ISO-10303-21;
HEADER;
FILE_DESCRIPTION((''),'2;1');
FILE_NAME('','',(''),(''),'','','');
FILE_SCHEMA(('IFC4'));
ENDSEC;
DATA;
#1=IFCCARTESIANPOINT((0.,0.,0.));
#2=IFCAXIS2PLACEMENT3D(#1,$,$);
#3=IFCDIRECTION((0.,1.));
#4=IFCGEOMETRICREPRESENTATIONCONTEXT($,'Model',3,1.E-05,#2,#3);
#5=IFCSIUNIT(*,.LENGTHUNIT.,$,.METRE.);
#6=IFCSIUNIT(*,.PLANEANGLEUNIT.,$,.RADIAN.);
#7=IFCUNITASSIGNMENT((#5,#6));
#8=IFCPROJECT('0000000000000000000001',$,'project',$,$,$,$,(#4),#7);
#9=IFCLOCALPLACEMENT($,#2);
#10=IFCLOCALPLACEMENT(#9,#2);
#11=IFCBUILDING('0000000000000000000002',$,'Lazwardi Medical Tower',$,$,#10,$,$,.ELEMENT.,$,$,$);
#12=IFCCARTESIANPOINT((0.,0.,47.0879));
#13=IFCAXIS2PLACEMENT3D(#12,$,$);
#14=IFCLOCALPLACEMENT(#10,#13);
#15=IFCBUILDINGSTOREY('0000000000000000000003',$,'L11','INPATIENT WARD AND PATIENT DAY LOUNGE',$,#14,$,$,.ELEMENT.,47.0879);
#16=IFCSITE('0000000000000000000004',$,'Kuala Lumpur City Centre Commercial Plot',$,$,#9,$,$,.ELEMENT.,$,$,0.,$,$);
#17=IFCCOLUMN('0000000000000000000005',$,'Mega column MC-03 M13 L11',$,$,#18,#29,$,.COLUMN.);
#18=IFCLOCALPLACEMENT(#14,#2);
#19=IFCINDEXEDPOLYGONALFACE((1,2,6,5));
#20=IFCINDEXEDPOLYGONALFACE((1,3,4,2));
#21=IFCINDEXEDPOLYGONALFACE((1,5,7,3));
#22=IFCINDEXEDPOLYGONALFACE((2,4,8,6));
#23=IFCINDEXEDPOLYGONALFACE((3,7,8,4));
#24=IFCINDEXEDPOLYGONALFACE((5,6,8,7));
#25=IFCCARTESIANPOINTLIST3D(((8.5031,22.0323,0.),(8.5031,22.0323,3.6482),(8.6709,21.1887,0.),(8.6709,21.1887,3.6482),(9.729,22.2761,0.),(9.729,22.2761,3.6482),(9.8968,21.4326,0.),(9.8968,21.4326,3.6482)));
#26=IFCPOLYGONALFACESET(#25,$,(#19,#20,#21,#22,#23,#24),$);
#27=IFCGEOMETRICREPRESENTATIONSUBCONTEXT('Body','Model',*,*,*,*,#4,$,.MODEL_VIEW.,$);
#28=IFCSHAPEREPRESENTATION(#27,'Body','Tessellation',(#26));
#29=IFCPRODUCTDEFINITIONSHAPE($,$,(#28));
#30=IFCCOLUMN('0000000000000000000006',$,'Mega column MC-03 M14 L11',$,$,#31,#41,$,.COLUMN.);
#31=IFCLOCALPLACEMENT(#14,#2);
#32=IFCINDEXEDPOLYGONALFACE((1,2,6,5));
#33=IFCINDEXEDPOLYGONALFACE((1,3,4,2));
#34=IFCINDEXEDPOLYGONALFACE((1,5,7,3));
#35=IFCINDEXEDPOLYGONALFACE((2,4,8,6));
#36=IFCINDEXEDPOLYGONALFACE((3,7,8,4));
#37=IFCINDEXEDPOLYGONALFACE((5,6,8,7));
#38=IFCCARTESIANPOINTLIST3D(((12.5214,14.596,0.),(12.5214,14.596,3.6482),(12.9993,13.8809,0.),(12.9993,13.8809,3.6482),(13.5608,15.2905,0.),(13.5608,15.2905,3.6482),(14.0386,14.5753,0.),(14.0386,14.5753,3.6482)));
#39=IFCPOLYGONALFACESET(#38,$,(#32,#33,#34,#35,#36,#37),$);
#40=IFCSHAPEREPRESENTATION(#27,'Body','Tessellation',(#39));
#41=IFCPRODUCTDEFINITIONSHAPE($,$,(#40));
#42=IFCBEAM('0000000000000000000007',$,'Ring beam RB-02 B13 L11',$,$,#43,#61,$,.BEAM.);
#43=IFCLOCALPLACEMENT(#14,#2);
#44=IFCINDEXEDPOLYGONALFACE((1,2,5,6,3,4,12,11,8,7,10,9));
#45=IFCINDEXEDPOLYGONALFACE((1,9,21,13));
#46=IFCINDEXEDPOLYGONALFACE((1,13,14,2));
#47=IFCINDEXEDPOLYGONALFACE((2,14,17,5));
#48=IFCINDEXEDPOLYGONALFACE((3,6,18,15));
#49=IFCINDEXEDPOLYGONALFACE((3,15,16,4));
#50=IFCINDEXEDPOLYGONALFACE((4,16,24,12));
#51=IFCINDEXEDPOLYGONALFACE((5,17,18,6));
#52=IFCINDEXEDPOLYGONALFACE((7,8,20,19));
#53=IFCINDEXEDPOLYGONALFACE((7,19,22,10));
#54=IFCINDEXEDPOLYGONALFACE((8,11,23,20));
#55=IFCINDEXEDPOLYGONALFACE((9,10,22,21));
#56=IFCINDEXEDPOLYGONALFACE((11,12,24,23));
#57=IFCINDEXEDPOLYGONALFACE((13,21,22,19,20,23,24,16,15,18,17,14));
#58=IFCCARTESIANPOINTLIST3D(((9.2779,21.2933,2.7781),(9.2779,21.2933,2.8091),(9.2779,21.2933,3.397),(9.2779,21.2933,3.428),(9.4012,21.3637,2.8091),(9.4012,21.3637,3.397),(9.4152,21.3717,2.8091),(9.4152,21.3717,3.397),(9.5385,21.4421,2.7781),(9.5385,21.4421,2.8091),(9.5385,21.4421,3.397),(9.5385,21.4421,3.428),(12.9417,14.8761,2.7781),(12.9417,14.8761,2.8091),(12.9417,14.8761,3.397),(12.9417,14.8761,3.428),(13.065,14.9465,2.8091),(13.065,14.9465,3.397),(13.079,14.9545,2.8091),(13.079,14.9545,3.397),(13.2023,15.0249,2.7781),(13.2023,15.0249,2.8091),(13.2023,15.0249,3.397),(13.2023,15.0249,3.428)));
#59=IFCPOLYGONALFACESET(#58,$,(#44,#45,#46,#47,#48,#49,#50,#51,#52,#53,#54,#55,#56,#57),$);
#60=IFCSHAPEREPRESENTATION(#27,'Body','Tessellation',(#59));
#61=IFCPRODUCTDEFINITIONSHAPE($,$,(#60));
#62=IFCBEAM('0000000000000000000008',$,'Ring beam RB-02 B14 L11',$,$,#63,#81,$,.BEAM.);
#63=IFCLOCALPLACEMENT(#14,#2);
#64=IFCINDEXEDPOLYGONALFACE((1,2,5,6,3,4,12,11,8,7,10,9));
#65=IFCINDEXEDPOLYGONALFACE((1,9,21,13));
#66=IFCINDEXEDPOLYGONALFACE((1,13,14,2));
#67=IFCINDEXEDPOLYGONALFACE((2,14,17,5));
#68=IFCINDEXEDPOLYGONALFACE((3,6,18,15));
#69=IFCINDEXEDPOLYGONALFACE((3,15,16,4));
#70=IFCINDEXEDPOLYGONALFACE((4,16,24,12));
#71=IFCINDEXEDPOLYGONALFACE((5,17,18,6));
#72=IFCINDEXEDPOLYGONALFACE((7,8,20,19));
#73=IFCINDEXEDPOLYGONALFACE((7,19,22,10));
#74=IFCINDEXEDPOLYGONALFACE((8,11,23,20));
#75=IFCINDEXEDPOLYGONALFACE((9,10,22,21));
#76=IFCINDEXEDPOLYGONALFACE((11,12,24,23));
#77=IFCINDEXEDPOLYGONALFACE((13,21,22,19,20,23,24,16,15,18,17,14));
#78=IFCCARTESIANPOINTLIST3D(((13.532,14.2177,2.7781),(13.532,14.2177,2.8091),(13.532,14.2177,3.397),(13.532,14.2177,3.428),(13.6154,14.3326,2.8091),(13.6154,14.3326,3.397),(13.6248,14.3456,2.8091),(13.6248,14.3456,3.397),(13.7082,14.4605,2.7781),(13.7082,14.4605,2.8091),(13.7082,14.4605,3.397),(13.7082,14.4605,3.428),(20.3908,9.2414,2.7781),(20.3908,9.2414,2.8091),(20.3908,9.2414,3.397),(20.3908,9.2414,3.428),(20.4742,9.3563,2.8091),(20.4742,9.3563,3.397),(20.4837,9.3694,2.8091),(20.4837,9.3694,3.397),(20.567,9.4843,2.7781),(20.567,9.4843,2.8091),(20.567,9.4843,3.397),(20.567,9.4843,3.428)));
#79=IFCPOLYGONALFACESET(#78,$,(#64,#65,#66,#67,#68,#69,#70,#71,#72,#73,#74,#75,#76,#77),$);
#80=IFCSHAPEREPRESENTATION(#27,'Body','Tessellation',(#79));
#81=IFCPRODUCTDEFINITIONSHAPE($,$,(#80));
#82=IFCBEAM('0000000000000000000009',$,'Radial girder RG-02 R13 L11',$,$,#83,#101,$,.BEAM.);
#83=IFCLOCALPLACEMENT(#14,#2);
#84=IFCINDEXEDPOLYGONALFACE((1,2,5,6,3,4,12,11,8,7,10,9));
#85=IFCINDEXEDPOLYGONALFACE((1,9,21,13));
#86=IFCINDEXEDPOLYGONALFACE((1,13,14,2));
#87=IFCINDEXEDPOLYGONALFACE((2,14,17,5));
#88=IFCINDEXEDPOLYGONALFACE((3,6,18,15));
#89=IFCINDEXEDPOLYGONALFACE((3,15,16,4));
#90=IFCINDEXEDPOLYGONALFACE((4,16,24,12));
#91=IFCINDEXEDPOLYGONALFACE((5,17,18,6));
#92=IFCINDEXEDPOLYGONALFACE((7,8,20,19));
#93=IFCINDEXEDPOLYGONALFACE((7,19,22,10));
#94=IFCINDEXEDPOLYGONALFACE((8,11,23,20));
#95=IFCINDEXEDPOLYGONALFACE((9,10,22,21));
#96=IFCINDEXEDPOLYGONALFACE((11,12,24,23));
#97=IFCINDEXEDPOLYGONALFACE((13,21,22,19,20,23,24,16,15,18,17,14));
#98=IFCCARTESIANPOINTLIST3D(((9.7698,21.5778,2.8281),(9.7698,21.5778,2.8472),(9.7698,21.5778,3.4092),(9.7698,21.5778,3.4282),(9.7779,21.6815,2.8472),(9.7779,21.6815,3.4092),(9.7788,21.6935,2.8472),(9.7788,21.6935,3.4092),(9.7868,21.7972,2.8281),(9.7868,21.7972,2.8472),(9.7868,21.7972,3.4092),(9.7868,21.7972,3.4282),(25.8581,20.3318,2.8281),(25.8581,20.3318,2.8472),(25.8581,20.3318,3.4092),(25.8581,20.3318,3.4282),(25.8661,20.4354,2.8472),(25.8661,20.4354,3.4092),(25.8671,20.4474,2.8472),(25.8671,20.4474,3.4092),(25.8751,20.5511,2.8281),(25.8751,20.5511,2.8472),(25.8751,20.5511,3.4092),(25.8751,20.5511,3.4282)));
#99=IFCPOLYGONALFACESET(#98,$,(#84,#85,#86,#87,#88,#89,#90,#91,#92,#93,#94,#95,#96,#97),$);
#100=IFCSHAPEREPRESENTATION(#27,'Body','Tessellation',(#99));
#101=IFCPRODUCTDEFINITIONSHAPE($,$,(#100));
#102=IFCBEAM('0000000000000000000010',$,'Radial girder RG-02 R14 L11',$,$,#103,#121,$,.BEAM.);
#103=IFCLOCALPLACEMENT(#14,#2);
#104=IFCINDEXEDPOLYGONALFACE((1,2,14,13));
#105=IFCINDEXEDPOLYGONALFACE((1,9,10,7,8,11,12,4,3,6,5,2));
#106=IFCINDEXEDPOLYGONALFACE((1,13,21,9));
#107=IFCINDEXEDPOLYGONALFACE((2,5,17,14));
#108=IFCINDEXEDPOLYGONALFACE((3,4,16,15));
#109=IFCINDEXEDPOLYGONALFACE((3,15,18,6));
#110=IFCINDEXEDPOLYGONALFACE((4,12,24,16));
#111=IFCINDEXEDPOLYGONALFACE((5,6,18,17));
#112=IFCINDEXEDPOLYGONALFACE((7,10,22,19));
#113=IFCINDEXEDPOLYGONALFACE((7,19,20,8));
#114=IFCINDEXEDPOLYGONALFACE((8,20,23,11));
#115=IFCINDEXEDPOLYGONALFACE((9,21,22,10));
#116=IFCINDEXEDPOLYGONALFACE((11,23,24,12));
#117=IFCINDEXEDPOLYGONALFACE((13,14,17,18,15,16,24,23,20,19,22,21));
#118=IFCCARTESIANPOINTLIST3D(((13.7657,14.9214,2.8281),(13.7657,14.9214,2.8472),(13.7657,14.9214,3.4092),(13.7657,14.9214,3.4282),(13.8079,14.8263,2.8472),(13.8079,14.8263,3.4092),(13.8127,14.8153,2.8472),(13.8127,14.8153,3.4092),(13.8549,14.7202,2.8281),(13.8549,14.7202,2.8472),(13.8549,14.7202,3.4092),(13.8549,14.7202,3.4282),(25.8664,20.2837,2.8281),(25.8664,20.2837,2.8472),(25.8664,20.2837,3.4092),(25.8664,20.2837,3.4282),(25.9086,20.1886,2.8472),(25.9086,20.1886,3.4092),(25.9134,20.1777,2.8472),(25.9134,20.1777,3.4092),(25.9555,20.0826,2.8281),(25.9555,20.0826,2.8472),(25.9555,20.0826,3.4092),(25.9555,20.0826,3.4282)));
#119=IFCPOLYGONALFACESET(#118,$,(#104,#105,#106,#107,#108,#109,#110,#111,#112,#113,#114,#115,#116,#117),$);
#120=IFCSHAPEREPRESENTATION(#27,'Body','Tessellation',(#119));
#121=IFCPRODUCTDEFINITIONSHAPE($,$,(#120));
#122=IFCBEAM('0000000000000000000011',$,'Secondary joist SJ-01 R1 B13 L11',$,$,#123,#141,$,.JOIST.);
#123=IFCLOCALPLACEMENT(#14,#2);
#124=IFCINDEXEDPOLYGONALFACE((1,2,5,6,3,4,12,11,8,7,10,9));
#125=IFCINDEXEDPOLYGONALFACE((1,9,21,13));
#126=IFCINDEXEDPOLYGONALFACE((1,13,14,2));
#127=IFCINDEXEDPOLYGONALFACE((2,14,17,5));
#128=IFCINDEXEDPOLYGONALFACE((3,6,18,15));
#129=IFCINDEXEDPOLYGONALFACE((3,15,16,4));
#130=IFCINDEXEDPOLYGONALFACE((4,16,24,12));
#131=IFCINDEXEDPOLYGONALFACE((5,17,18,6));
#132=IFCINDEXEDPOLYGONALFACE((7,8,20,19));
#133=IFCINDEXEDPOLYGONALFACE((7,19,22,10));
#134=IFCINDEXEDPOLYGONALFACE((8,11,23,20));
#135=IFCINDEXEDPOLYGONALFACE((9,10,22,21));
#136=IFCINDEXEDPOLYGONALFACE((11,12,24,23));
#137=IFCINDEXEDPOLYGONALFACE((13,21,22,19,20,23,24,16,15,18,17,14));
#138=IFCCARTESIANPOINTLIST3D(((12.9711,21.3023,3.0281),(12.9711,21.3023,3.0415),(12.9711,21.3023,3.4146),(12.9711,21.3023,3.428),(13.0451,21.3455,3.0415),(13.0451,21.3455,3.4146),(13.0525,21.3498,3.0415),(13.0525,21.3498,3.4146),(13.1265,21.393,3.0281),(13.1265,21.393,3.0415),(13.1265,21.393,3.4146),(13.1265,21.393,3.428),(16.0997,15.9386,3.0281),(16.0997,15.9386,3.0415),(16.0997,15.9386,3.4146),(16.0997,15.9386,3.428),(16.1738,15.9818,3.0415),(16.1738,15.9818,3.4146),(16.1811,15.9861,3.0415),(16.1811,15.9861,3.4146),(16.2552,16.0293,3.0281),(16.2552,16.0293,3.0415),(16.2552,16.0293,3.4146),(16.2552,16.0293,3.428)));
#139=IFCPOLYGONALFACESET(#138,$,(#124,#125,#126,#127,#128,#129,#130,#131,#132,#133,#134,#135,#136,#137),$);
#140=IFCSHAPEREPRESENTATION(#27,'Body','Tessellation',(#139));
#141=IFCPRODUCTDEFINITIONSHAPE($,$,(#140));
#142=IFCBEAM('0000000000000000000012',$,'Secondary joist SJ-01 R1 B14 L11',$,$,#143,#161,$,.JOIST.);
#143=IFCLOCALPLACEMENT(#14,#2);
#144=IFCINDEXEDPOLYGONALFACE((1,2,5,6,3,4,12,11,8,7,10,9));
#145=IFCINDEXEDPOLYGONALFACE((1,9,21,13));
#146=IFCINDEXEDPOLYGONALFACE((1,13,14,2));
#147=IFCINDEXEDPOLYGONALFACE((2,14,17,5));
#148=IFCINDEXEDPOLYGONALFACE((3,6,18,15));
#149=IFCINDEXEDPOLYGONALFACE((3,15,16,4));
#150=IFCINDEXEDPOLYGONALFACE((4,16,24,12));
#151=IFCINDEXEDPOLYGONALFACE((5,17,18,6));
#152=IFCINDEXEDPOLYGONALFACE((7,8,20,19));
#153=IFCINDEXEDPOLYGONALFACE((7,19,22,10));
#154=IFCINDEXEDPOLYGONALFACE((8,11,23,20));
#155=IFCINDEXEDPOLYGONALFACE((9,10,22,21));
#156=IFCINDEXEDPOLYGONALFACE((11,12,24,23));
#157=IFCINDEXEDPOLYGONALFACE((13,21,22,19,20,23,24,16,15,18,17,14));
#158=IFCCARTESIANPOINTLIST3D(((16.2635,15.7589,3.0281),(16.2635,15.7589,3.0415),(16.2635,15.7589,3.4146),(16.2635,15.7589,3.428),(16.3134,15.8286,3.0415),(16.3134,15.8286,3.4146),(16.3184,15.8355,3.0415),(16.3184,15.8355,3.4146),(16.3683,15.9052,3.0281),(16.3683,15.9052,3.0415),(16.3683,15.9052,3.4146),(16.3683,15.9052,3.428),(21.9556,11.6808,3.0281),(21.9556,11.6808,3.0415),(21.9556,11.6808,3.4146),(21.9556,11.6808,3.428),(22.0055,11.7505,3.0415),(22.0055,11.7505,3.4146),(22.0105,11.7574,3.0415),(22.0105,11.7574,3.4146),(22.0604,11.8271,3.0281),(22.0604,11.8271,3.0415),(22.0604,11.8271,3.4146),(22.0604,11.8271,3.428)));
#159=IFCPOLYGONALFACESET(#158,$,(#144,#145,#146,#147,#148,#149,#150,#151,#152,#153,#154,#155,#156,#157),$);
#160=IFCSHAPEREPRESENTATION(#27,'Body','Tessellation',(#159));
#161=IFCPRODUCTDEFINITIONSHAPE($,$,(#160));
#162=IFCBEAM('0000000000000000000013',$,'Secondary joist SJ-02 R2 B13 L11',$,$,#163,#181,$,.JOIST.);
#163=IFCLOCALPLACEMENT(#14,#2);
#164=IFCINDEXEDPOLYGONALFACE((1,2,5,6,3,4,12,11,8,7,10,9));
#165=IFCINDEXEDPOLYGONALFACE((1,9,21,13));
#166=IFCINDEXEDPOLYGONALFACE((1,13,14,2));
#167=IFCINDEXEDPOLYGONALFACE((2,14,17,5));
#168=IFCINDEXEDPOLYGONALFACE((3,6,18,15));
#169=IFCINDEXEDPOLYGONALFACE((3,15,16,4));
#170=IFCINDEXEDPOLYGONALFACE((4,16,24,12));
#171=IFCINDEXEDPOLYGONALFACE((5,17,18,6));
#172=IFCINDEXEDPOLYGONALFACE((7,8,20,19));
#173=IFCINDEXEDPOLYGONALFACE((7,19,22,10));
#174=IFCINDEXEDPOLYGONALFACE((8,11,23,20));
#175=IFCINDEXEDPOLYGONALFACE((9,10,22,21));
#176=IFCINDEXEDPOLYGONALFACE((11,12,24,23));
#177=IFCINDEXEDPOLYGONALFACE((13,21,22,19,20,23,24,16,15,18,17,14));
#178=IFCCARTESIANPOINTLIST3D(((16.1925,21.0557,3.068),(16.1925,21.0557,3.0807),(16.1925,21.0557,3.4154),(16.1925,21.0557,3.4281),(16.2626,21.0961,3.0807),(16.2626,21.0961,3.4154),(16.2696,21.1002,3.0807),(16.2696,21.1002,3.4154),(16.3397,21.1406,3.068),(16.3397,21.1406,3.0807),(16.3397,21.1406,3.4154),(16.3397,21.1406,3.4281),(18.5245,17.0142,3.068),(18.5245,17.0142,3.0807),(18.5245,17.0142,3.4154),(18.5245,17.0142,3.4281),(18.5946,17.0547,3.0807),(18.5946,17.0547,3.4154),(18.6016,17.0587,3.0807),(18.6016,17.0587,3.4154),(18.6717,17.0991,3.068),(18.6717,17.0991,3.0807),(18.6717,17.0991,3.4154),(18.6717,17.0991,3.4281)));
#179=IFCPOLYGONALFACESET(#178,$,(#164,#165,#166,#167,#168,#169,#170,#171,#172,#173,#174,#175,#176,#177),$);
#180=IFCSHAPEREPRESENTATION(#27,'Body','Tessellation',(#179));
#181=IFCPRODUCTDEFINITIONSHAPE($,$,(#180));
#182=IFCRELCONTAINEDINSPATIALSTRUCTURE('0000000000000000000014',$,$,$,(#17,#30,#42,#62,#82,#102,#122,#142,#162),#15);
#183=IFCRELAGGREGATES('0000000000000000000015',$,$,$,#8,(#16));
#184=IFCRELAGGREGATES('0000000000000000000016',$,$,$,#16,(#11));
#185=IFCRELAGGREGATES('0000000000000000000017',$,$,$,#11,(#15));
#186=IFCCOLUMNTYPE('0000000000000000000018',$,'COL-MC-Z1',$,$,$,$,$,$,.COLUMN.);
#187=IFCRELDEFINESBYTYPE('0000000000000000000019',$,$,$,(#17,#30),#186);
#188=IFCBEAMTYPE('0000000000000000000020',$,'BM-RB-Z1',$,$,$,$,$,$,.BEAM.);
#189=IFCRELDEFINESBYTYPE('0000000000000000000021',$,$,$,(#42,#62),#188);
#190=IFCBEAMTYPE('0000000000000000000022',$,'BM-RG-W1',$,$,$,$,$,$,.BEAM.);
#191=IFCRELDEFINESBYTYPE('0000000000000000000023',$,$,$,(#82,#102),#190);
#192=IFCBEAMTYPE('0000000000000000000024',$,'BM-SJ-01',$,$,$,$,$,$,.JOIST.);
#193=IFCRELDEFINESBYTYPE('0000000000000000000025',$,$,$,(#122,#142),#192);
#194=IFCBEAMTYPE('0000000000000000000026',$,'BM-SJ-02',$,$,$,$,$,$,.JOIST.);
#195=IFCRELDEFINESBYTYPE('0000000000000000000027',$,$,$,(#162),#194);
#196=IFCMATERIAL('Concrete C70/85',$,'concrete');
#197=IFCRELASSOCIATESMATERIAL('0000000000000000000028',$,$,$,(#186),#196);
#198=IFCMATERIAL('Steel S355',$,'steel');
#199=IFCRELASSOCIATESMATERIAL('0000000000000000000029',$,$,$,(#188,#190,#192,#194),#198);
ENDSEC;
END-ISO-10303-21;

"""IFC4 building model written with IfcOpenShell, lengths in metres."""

from ifc_helpers import new_model, si_unit, direction, frame, origin, origin_2d, place, context, subcontext, project, spatial, rectangle, i_section, extrude, material, material_profile, profile_set, type_object, element, save


model = new_model("IFC4")

# Units and contexts
model_context = context("Model", 3, precision=1e-05, world=origin(), true_north=direction((0.0, 1.0)))
body_context = subcontext(model_context, "Body", "Model", "MODEL_VIEW")
ifc_project = project(units=[si_unit("LENGTHUNIT", "METRE"), si_unit("PLANEANGLEUNIT", "RADIAN")], contexts=[model_context])

# Site, building, storey
site_placement = place(None, origin())
site = spatial("IfcSite", under=ifc_project, at=site_placement, Name="Kuala Lumpur City Centre Commercial Plot", CompositionType="ELEMENT", RefElevation=0.0)
building_placement = place(site_placement, origin())
building = spatial("IfcBuilding", under=site, at=building_placement, Name="Lazwardi Medical Tower", CompositionType="ELEMENT")
storey_placement = place(building_placement, frame((0.0, 0.0, 47.0879)))
storey = spatial("IfcBuildingStorey", under=building, at=storey_placement, Name="L11", Description="INPATIENT WARD AND PATIENT DAY LOUNGE", CompositionType="ELEMENT", Elevation=47.0879)

# Columns
ifc_material_1 = material(Name="Concrete C70/85", Category="concrete")
ifc_material_profile_1 = material_profile(ifc_material_1, rectangle(XDim=1.25, YDim=0.8601, at=origin_2d()), Name="CFT-RECT 1250x860")
ifc_profile_set_1 = profile_set([ifc_material_profile_1], Name="Concrete C70/85")
column_type = type_object("IfcColumnType", Name="COL-MC-Z1", PredefinedType="COLUMN", material=ifc_profile_set_1)
for number, where, z_axis, x_axis, name in (
    (1, (9.2, 21.7324, 0.0), (0.0, 0.0, 1.0), (-0.980785, -0.19509, 0.0), "Mega column MC-03 M13 L11"),
    (2, (13.28, 14.5857, 0.0), (0.0, 0.0, 1.0), (-0.83147, -0.55557, 0.0), "Mega column MC-03 M14 L11"),
):
    element("IfcColumn", number, at=place(storey_placement, frame(where, z_axis=z_axis, x_axis=x_axis)), inside=storey, type_object=column_type, Name=name, PredefinedType="COLUMN", context=body_context, shape_type="SweptSolid", body=[
        extrude(rectangle(XDim=1.25, YDim=0.8601, at=origin_2d()), origin(), (0.0, 0.0, 1.0), 3.6482),
    ])

# Beams
ifc_material_2 = material(Name="Steel S355", Category="steel")
ifc_material_profile_2 = material_profile(ifc_material_2, i_section(OverallWidth=0.3, OverallDepth=0.6499, WebThickness=0.0161, FlangeThickness=0.031, at=origin_2d()), Name="HEB 650")
ifc_profile_set_2 = profile_set([ifc_material_profile_2], Name="Steel S355")
beam_type_1 = type_object("IfcBeamType", Name="BM-RB-Z1", PredefinedType="BEAM", material=ifc_profile_set_2)
beam_1_placement = place(storey_placement, frame((9.4082, 21.3677, 3.103), z_axis=(0.495815, -0.868428, 0.0), x_axis=(0.868428, 0.495815, 0.0)))
element("IfcBeam", 3, at=beam_1_placement, inside=storey, type_object=beam_type_1, Name="Ring beam RB-02 B13 L11", PredefinedType="BEAM", context=body_context, shape_type="SweptSolid", body=[
    extrude(i_section(OverallWidth=0.3, OverallDepth=0.6499, WebThickness=0.0161, FlangeThickness=0.031, at=origin_2d()), origin(), (0.0, 0.0, 1.0), 7.3894),
])
beam_2_placement = place(storey_placement, frame((13.6201, 14.3391, 3.103), z_axis=(0.809407, -0.587248, 0.0), x_axis=(0.587248, 0.809407, 0.0)))
element("IfcBeam", 4, at=beam_2_placement, inside=storey, type_object=beam_type_1, Name="Ring beam RB-02 B14 L11", PredefinedType="BEAM", context=body_context, shape_type="SweptSolid", body=[
    extrude(i_section(OverallWidth=0.3, OverallDepth=0.6499, WebThickness=0.0161, FlangeThickness=0.031, at=origin_2d()), origin(), (0.0, 0.0, 1.0), 8.4739),
])
ifc_material_profile_3 = material_profile(ifc_material_2, i_section(OverallWidth=0.22, OverallDepth=0.6001, WebThickness=0.012, FlangeThickness=0.019, at=origin_2d()), Name="IPE 600")
ifc_profile_set_3 = profile_set([ifc_material_profile_3], Name="Steel S355")
beam_type_2 = type_object("IfcBeamType", Name="BM-RG-W1", PredefinedType="BEAM", material=ifc_profile_set_3)
beam_3_placement = place(storey_placement, frame((9.7783, 21.6875, 3.1282), z_axis=(0.997014, -0.077222, 0.0), x_axis=(0.077222, 0.997014, 0.0)))
element("IfcBeam", 5, at=beam_3_placement, inside=storey, type_object=beam_type_2, Name="Radial girder RG-02 R13 L11", PredefinedType="BEAM", context=body_context, shape_type="SweptSolid", body=[
    extrude(i_section(OverallWidth=0.22, OverallDepth=0.6001, WebThickness=0.012, FlangeThickness=0.019, at=origin_2d()), origin(), (0.0, 0.0, 1.0), 16.1365),
])
beam_4_placement = place(storey_placement, frame((13.8103, 14.8208, 3.1282), z_axis=(0.914252, 0.405146, 0.0), x_axis=(-0.405146, 0.914252, 0.0)))
element("IfcBeam", 6, at=beam_4_placement, inside=storey, type_object=beam_type_2, Name="Radial girder RG-02 R14 L11", PredefinedType="BEAM", context=body_context, shape_type="SweptSolid", body=[
    extrude(i_section(OverallWidth=0.22, OverallDepth=0.6001, WebThickness=0.012, FlangeThickness=0.019, at=origin_2d()), origin(), (0.0, 0.0, 1.0), 13.2356),
])
ifc_material_profile_4 = material_profile(ifc_material_2, i_section(OverallWidth=0.1799, OverallDepth=0.3999, WebThickness=0.0085, FlangeThickness=0.0134, at=origin_2d()), Name="IPE 400")
ifc_profile_set_4 = profile_set([ifc_material_profile_4], Name="Steel S355")
beam_type_3 = type_object("IfcBeamType", Name="BM-SJ-01", PredefinedType="JOIST", material=ifc_profile_set_4)
beam_5_placement = place(storey_placement, frame((13.0488, 21.3477, 3.228), z_axis=(0.503847, -0.863793, 0.0), x_axis=(0.863793, 0.503847, 0.0)))
element("IfcBeam", 7, at=beam_5_placement, inside=storey, type_object=beam_type_3, Name="Secondary joist SJ-01 R1 B13 L11", PredefinedType="JOIST", context=body_context, shape_type="SweptSolid", body=[
    extrude(i_section(OverallWidth=0.1799, OverallDepth=0.3999, WebThickness=0.0085, FlangeThickness=0.0134, at=origin_2d()), origin(), (0.0, 0.0, 1.0), 6.2095),
])
beam_6_placement = place(storey_placement, frame((16.3159, 15.832, 3.228), z_axis=(0.812901, -0.582402, 0.0), x_axis=(0.582402, 0.812901, 0.0)))
element("IfcBeam", 8, at=beam_6_placement, inside=storey, type_object=beam_type_3, Name="Secondary joist SJ-01 R1 B14 L11", PredefinedType="JOIST", context=body_context, shape_type="SweptSolid", body=[
    extrude(i_section(OverallWidth=0.1799, OverallDepth=0.3999, WebThickness=0.0085, FlangeThickness=0.0134, at=origin_2d()), origin(), (0.0, 0.0, 1.0), 7.0022),
])
ifc_material_profile_5 = material_profile(ifc_material_2, i_section(OverallWidth=0.1699, OverallDepth=0.3601, WebThickness=0.0081, FlangeThickness=0.0127, at=origin_2d()), Name="IPE 360")
ifc_profile_set_5 = profile_set([ifc_material_profile_5], Name="Steel S355")
beam_type_4 = type_object("IfcBeamType", Name="BM-SJ-02", PredefinedType="JOIST", material=ifc_profile_set_5)
beam_7_placement = place(storey_placement, frame((16.2661, 21.0981, 3.248), z_axis=(0.499786, -0.866149, 0.0), x_axis=(0.866149, 0.499786, 0.0)))
element("IfcBeam", 9, at=beam_7_placement, inside=storey, type_object=beam_type_4, Name="Secondary joist SJ-02 R2 B13 L11", PredefinedType="JOIST", context=body_context, shape_type="SweptSolid", body=[
    extrude(i_section(OverallWidth=0.1699, OverallDepth=0.3601, WebThickness=0.0081, FlangeThickness=0.0127, at=origin_2d()), origin(), (0.0, 0.0, 1.0), 4.666),
])

save(model, "model.ifc")
